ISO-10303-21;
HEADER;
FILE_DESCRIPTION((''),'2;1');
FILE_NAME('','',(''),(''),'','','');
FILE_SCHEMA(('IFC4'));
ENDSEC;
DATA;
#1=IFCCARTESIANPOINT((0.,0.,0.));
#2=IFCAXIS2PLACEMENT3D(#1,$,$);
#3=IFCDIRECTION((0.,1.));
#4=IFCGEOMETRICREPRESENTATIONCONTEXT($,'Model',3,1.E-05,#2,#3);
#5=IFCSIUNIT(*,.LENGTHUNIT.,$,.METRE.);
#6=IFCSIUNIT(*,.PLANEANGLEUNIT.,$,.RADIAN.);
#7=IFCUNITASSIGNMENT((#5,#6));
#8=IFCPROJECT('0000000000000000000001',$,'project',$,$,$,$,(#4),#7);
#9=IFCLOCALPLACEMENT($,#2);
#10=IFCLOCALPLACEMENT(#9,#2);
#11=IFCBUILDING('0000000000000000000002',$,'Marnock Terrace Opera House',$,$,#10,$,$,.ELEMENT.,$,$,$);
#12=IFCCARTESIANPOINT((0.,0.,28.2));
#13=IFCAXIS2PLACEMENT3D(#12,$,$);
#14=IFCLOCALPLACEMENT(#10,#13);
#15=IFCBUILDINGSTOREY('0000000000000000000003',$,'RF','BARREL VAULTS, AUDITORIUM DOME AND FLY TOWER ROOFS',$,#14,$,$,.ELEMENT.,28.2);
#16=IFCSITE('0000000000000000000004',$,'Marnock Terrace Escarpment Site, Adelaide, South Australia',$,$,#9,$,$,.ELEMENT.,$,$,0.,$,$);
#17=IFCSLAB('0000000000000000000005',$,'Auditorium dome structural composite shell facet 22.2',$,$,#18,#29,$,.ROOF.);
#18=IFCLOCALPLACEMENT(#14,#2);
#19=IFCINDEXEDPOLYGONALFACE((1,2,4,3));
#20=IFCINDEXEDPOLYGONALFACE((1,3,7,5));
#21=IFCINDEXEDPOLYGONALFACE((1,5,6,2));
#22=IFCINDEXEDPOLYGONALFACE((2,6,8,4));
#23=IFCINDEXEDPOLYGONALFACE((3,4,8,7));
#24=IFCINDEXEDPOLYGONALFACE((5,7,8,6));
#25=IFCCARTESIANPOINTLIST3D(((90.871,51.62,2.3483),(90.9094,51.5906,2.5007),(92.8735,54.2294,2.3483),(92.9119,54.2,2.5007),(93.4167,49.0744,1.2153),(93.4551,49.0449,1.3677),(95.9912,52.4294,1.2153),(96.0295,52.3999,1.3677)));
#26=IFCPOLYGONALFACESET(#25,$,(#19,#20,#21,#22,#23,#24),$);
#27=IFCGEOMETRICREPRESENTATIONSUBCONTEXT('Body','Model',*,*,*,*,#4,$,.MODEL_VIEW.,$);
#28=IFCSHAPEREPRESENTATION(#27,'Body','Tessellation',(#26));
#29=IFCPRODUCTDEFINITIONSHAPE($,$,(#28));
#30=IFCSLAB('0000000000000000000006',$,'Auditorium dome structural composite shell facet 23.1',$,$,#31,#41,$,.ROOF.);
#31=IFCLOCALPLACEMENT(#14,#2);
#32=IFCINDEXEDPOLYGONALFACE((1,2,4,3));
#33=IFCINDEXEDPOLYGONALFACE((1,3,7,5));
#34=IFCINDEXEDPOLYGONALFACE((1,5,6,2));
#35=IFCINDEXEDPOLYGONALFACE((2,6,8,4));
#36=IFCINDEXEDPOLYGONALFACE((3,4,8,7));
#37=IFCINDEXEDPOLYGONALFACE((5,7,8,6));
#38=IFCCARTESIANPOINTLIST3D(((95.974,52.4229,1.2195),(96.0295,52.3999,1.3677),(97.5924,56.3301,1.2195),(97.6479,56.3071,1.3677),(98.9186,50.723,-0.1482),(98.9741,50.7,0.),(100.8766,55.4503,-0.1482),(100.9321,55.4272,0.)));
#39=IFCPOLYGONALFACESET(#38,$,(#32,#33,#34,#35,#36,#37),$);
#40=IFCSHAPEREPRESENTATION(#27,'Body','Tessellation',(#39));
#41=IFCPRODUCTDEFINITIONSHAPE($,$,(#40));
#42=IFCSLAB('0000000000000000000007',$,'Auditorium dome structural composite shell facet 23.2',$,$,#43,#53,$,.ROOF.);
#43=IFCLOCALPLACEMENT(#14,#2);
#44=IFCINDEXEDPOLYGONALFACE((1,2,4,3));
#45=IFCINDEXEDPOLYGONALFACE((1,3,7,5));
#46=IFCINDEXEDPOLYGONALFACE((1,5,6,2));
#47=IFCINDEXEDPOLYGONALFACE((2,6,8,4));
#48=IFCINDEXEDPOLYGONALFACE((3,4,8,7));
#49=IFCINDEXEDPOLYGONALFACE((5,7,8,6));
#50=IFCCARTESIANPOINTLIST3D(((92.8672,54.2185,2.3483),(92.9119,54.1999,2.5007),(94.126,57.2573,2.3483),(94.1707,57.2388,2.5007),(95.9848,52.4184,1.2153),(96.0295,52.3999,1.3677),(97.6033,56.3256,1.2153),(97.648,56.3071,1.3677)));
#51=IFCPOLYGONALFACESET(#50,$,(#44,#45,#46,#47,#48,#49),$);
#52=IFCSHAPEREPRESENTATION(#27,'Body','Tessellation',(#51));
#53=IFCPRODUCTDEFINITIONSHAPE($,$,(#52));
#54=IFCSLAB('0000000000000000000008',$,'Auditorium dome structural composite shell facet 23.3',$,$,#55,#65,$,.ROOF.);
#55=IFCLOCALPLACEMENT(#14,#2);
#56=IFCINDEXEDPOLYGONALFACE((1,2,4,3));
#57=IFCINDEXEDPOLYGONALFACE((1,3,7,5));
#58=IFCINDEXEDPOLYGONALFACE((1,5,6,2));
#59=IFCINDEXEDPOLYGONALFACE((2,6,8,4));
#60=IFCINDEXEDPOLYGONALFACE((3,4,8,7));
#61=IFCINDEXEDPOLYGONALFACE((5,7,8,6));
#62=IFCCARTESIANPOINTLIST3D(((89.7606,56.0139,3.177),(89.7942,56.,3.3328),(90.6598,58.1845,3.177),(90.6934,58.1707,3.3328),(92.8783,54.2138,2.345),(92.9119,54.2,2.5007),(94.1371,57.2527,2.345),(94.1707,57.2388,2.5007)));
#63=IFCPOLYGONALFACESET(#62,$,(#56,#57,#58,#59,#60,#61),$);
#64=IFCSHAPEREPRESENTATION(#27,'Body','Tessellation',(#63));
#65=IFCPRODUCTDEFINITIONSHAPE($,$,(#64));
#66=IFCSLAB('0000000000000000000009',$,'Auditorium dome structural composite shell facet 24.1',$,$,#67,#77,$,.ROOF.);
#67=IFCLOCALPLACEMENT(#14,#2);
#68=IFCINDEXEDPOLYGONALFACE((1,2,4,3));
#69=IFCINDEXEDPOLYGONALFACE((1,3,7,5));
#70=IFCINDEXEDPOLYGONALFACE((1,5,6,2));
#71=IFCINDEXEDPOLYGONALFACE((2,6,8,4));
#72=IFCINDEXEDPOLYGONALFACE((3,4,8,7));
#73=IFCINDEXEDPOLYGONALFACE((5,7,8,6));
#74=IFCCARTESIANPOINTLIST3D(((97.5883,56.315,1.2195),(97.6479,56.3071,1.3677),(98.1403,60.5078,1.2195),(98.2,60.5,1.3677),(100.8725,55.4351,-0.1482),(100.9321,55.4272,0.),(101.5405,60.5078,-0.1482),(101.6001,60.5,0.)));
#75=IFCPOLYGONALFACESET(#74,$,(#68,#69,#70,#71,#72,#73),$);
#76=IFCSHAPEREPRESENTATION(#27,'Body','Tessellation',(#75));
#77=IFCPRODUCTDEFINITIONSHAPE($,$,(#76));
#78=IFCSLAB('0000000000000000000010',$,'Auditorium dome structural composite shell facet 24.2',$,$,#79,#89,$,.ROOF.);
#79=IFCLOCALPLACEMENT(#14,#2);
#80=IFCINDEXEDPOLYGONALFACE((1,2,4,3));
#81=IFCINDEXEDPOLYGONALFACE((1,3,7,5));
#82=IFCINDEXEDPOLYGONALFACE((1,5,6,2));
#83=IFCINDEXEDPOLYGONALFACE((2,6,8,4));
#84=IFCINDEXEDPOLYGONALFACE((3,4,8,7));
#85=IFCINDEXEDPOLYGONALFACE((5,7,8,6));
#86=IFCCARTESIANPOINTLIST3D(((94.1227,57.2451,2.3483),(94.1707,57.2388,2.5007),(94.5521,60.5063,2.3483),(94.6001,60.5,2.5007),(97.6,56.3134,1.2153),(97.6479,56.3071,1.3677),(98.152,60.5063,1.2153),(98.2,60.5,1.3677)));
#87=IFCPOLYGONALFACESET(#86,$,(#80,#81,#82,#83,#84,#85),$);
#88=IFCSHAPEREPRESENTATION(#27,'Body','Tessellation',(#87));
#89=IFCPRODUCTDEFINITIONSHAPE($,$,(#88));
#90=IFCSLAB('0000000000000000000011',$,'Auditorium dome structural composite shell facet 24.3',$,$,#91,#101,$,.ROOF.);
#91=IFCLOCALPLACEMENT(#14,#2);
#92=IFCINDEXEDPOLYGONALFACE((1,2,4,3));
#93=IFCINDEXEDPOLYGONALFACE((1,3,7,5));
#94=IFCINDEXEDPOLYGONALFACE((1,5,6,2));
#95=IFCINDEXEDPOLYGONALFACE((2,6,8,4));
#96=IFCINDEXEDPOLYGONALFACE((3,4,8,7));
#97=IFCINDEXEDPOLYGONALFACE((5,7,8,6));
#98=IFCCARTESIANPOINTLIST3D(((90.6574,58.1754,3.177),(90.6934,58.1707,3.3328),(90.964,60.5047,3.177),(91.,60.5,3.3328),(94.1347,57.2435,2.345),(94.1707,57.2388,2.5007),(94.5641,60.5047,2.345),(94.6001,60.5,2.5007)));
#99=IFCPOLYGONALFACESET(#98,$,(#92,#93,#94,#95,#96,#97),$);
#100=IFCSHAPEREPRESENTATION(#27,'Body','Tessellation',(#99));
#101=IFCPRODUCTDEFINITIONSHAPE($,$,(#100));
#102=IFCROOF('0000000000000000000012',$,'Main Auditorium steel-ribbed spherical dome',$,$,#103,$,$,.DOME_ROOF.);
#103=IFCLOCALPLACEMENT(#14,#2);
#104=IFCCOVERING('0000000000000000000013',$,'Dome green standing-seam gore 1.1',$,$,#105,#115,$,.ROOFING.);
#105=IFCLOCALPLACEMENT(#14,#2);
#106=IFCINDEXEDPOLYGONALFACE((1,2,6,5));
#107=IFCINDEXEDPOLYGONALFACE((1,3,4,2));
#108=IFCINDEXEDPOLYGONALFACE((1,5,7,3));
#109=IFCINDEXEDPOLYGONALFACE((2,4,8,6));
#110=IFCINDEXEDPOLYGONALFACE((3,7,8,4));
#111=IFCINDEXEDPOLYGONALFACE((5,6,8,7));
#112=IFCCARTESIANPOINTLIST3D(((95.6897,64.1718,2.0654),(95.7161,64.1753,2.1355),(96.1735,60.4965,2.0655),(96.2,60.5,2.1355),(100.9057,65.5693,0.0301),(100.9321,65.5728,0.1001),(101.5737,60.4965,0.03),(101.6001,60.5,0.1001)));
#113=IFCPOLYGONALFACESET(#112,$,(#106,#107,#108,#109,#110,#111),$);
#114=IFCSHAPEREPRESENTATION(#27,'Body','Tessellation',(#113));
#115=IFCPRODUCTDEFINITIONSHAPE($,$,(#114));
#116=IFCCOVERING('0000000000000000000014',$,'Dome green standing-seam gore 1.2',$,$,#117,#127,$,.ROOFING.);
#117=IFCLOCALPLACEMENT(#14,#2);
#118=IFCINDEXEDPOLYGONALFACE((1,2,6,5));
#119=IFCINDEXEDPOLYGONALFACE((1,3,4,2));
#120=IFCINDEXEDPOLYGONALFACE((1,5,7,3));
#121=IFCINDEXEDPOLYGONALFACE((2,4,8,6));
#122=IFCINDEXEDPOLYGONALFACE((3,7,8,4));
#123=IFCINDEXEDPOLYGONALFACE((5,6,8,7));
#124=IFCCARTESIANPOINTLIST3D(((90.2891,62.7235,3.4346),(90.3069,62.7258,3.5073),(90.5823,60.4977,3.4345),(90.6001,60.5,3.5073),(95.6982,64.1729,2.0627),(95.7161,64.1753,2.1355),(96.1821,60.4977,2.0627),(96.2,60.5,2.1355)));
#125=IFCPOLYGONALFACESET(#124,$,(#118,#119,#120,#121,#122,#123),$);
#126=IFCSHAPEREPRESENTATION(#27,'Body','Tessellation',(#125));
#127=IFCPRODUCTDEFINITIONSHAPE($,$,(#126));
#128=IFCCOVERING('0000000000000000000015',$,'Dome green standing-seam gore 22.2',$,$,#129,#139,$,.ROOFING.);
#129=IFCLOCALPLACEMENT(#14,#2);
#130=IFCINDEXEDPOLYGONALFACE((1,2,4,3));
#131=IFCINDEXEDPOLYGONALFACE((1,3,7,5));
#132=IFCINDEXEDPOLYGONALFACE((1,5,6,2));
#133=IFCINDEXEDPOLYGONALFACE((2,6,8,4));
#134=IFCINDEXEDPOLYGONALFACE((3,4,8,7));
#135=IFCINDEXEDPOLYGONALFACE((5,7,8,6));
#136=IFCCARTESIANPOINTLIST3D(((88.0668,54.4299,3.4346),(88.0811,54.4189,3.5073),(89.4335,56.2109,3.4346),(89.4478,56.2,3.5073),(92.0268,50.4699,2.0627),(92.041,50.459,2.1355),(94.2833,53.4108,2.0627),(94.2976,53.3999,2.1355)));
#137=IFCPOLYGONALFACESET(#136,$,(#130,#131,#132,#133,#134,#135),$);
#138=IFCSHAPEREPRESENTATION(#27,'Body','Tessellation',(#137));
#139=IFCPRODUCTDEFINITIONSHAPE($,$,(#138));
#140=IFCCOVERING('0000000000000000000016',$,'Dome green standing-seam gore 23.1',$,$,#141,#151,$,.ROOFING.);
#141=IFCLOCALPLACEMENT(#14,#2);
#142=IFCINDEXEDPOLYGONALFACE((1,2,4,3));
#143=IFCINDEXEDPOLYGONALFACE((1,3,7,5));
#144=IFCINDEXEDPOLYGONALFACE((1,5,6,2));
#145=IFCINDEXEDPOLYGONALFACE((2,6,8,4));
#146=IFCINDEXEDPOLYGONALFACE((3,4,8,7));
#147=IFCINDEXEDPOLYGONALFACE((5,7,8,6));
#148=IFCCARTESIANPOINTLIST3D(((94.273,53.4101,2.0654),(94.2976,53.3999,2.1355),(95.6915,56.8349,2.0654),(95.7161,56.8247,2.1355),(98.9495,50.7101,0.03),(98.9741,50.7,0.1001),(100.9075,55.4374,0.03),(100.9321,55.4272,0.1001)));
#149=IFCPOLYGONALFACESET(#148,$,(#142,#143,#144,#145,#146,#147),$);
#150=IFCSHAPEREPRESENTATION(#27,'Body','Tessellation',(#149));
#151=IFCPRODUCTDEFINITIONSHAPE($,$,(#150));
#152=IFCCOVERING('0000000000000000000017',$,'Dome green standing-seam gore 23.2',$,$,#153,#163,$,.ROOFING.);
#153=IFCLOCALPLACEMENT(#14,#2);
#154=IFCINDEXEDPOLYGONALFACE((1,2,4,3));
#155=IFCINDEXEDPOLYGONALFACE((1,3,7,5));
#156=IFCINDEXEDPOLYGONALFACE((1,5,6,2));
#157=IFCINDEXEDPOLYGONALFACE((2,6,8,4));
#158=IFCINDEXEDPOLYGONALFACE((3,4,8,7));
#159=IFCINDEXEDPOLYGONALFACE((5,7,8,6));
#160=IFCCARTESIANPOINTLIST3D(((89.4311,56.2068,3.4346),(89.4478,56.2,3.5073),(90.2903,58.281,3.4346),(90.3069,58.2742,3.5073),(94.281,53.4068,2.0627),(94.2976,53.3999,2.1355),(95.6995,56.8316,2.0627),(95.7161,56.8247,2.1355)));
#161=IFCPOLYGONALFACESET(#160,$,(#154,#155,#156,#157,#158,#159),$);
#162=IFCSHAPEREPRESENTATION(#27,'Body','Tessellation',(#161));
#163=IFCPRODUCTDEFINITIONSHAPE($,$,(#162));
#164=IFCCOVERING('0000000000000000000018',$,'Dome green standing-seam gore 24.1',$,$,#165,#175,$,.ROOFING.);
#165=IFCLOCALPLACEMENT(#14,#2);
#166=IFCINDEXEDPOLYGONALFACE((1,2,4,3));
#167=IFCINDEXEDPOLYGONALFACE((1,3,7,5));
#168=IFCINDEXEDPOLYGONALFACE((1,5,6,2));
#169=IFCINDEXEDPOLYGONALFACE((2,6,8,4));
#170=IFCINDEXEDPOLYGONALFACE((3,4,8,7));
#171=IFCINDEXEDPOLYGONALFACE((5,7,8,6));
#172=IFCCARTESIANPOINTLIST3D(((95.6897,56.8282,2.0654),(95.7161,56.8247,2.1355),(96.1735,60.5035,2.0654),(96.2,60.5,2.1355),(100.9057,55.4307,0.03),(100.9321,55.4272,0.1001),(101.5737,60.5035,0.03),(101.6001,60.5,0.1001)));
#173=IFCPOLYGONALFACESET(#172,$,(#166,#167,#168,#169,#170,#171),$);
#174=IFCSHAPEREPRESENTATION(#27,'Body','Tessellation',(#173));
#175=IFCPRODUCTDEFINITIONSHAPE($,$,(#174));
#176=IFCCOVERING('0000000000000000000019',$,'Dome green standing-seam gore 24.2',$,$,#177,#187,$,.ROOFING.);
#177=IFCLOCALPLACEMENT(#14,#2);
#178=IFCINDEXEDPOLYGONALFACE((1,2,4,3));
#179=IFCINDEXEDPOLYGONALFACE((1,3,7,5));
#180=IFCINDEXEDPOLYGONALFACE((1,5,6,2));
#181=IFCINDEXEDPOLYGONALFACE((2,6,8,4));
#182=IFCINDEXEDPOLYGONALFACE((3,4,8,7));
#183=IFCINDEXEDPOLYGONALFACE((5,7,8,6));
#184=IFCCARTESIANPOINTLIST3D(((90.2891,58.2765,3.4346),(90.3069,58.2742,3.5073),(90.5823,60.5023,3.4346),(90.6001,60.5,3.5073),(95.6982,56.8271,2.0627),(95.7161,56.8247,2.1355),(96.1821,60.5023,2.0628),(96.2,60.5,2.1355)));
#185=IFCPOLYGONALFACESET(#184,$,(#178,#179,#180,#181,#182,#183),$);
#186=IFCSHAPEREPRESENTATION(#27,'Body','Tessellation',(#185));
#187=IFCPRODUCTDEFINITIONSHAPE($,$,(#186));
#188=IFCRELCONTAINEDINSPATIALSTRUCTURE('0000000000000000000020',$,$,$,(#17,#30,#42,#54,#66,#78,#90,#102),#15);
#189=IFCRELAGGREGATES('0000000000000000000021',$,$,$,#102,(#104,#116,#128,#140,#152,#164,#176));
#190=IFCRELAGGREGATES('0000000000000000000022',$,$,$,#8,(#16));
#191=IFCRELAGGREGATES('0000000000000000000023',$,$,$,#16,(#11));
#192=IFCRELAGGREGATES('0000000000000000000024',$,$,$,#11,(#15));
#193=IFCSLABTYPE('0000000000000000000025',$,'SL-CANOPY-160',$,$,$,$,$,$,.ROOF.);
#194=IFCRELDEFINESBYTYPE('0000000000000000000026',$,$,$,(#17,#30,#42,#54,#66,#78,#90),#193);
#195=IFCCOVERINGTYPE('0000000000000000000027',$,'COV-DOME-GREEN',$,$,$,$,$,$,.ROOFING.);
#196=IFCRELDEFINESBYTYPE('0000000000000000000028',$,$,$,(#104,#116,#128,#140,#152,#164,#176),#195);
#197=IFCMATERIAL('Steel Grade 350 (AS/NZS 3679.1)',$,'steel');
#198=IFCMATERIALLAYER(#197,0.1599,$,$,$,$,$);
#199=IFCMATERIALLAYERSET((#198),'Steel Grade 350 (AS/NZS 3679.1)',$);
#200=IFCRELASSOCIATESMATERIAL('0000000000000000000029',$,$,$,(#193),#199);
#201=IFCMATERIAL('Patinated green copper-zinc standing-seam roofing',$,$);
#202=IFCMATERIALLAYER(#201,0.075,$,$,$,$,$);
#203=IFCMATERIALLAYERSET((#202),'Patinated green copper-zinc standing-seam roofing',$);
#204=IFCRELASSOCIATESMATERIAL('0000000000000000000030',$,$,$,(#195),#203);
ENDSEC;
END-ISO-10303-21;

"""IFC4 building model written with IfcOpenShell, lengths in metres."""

from ifc_helpers import new_model, si_unit, direction, frame, origin, place, context, subcontext, project, spatial, polyline, outline, extrude, material, layer, layer_set, type_object, element, aggregate, save


model = new_model("IFC4")

# Units and contexts
model_context = context("Model", 3, precision=1e-05, world=origin(), true_north=direction((0.0, 1.0)))
body_context = subcontext(model_context, "Body", "Model", "MODEL_VIEW")
ifc_project = project(units=[si_unit("LENGTHUNIT", "METRE"), si_unit("PLANEANGLEUNIT", "RADIAN")], contexts=[model_context])

# Site, building, storey
site_placement = place(None, origin())
site = spatial("IfcSite", under=ifc_project, at=site_placement, Name="Marnock Terrace Escarpment Site, Adelaide, South Australia", CompositionType="ELEMENT", RefElevation=0.0)
building_placement = place(site_placement, origin())
building = spatial("IfcBuilding", under=site, at=building_placement, Name="Marnock Terrace Opera House", CompositionType="ELEMENT")
storey_placement = place(building_placement, frame((0.0, 0.0, 28.2)))
storey = spatial("IfcBuildingStorey", under=building, at=storey_placement, Name="RF", Description="BARREL VAULTS, AUDITORIUM DOME AND FLY TOWER ROOFS", CompositionType="ELEMENT", Elevation=28.2)

# Shared definitions
ifc_material_1 = material(Name="Steel Grade 350 (AS/NZS 3679.1)", Category="steel")

# Slabs
ifc_layer_1 = layer(ifc_material_1, 0.1599)
ifc_layer_set_1 = layer_set([ifc_layer_1], Name="Steel Grade 350 (AS/NZS 3679.1)")
slab_type = type_object("IfcSlabType", Name="SL-CANOPY-160", PredefinedType="ROOF", material=ifc_layer_set_1)
slab_1_placement = place(storey_placement, frame((93.4551, 49.0449, 1.3677), z_axis=(0.240038, -0.1842, 0.953127), x_axis=(0.608777, 0.793342, 0.000004)))
element("IfcSlab", 1, at=slab_1_placement, inside=storey, type_object=slab_type, Name="Auditorium dome structural composite shell facet 22.2", PredefinedType="ROOF", context=body_context, shape_type="SweptSolid", body=[
    extrude(outline(polyline([(0.0, 0.0), (4.2289, 0.0), (3.759, 3.7447), (0.4698, 3.7448), (0.0, 0.0)])), origin(), (0.0, 0.0, -1.0), 0.1599),
])
slab_2_placement = place(storey_placement, frame((98.9741, 50.7, 0.0), z_axis=(0.347343, -0.143869, 0.926636), x_axis=(0.382667, 0.923886, 0.000002)))
element("IfcSlab", 2, at=slab_2_placement, inside=storey, type_object=slab_type, Name="Auditorium dome structural composite shell facet 23.1", PredefinedType="ROOF", context=body_context, shape_type="SweptSolid", body=[
    extrude(outline(polyline([(0.0, 0.0), (5.1167, 0.0), (4.6729, 3.6378), (0.4438, 3.6379), (0.0, 0.0)])), origin(), (0.0, 0.0, -1.0), 0.1599),
])
slab_3_placement = place(storey_placement, frame((96.0295, 52.3999, 1.3677), z_axis=(0.279543, -0.115793, 0.953125), x_axis=(0.382681, 0.923881, 0.000003)))
element("IfcSlab", 3, at=slab_3_placement, inside=storey, type_object=slab_type, Name="Auditorium dome structural composite shell facet 23.2", PredefinedType="ROOF", context=body_context, shape_type="SweptSolid", body=[
    extrude(outline(polyline([(0.0, 0.0), (4.2291, 0.0), (3.7592, 3.7447), (0.47, 3.7447), (0.0, 0.0)])), origin(), (0.0, 0.0, -1.0), 0.1599),
])
slab_4_placement = place(storey_placement, frame((92.9119, 54.2, 2.5007), z_axis=(0.209743, -0.086884, 0.973889), x_axis=(0.382701, 0.923872, 0.0)))
element("IfcSlab", 4, at=slab_4_placement, inside=storey, type_object=slab_type, Name="Auditorium dome structural composite shell facet 23.3", PredefinedType="ROOF", context=body_context, shape_type="SweptSolid", body=[
    extrude(outline(polyline([(0.0, 0.0), (3.2892, 0.0), (2.8194, 3.6649), (0.4699, 3.6649), (0.0, 0.0)])), origin(), (0.0, 0.0, -1.0), 0.1599),
])
slab_5_placement = place(storey_placement, frame((100.9321, 55.4272, 0.0), z_axis=(0.372738, -0.049077, 0.926638), x_axis=(0.130549, 0.991442, -0.000004)))
element("IfcSlab", 5, at=slab_5_placement, inside=storey, type_object=slab_type, Name="Auditorium dome structural composite shell facet 24.1", PredefinedType="ROOF", context=body_context, shape_type="SweptSolid", body=[
    extrude(outline(polyline([(0.0, 0.0), (5.1165, 0.0), (4.6727, 3.6379), (0.4436, 3.6378), (0.0, 0.0)])), origin(), (0.0, 0.0, -1.0), 0.1599),
])
slab_6_placement = place(storey_placement, frame((97.6479, 56.3071, 1.3677), z_axis=(0.299992, -0.039498, 0.953124), x_axis=(0.130527, 0.991445, 0.000004)))
element("IfcSlab", 6, at=slab_6_placement, inside=storey, type_object=slab_type, Name="Auditorium dome structural composite shell facet 24.2", PredefinedType="ROOF", context=body_context, shape_type="SweptSolid", body=[
    extrude(outline(polyline([(0.0, 0.0), (4.2291, 0.0), (3.7592, 3.7446), (0.4698, 3.7447), (0.0, 0.0)])), origin(), (0.0, 0.0, -1.0), 0.1599),
])
slab_7_placement = place(storey_placement, frame((94.1707, 57.2388, 2.5007), z_axis=(0.225082, -0.029635, 0.973889), x_axis=(0.130554, 0.991441, -0.000004)))
element("IfcSlab", 7, at=slab_7_placement, inside=storey, type_object=slab_type, Name="Auditorium dome structural composite shell facet 24.3", PredefinedType="ROOF", context=body_context, shape_type="SweptSolid", body=[
    extrude(outline(polyline([(0.0, 0.0), (3.2894, 0.0), (2.8194, 3.665), (0.4699, 3.6649), (0.0, 0.0)])), origin(), (0.0, 0.0, -1.0), 0.1599),
])

# Roof, coverings
roof_placement = place(storey_placement, origin())
roof = element("IfcRoof", 8, at=roof_placement, inside=storey, Name="Main Auditorium steel-ribbed spherical dome", PredefinedType="DOME_ROOF")
ifc_material_2 = material(Name="Patinated green copper-zinc standing-seam roofing")
ifc_layer_2 = layer(ifc_material_2, 0.075)
ifc_layer_set_2 = layer_set([ifc_layer_2], Name="Patinated green copper-zinc standing-seam roofing")
covering_type = type_object("IfcCoveringType", Name="COV-DOME-GREEN", PredefinedType="ROOFING", material=ifc_layer_set_2)
covering_1_placement = place(storey_placement, frame((101.6001, 60.5, 0.1001), z_axis=(0.352317, 0.04639, 0.93473), x_axis=(-0.13055, 0.991442, 0.000003)))
covering_1 = element("IfcCovering", 9, at=covering_1_placement, type_object=covering_type, Name="Dome green standing-seam gore 1.1", PredefinedType="ROOFING", context=body_context, shape_type="SweptSolid", body=[
    extrude(outline(polyline([(0.0, 0.0), (5.1165, 0.0), (4.412, 5.7277), (0.705, 5.7278), (0.0, 0.0)])), origin(), (0.0, 0.0, -1.0), 0.075),
])
covering_2_placement = place(storey_placement, frame((96.2, 60.5, 2.1355), z_axis=(0.237819, 0.031318, 0.970804), x_axis=(-0.130534, 0.991444, -0.000006)))
covering_2 = element("IfcCovering", 10, at=covering_2_placement, type_object=covering_type, Name="Dome green standing-seam gore 1.2", PredefinedType="ROOFING", context=body_context, shape_type="SweptSolid", body=[
    extrude(outline(polyline([(0.0, 0.0), (3.707, 0.0), (2.976, 5.7191), (0.731, 5.7189), (0.0, 0.0)])), origin(), (0.0, 0.0, -1.0), 0.075),
])
covering_3_placement = place(storey_placement, frame((92.041, 50.459, 2.1355), z_axis=(0.190295, -0.14602, 0.970807), x_axis=(0.608753, 0.79336, 0.000004)))
covering_3 = element("IfcCovering", 11, at=covering_3_placement, type_object=covering_type, Name="Dome green standing-seam gore 22.2", PredefinedType="ROOFING", context=body_context, shape_type="SweptSolid", body=[
    extrude(outline(polyline([(0.0, 0.0), (3.7069, 0.0), (2.976, 5.7192), (0.731, 5.7193), (0.0, 0.0)])), origin(), (0.0, 0.0, -1.0), 0.075),
])
covering_4_placement = place(storey_placement, frame((98.9741, 50.7, 0.1001), z_axis=(0.328318, -0.135984, 0.934728), x_axis=(0.382666, 0.923887, -0.000002)))
covering_4 = element("IfcCovering", 12, at=covering_4_placement, type_object=covering_type, Name="Dome green standing-seam gore 23.1", PredefinedType="ROOFING", context=body_context, shape_type="SweptSolid", body=[
    extrude(outline(polyline([(0.0, 0.0), (5.1167, 0.0), (4.4118, 5.7277), (0.7049, 5.7276), (0.0, 0.0)])), origin(), (0.0, 0.0, -1.0), 0.075),
])
covering_5_placement = place(storey_placement, frame((94.2976, 53.3999, 2.1355), z_axis=(0.22161, -0.091787, 0.970806), x_axis=(0.382651, 0.923893, 0.000002)))
covering_5 = element("IfcCovering", 13, at=covering_5_placement, type_object=covering_type, Name="Dome green standing-seam gore 23.2", PredefinedType="ROOFING", context=body_context, shape_type="SweptSolid", body=[
    extrude(outline(polyline([(0.0, 0.0), (3.7069, 0.0), (2.9763, 5.7191), (0.7311, 5.7192), (0.0, 0.0)])), origin(), (0.0, 0.0, -1.0), 0.075),
])
covering_6_placement = place(storey_placement, frame((100.9321, 55.4272, 0.1001), z_axis=(0.352317, -0.04639, 0.93473), x_axis=(0.13055, 0.991442, -0.000003)))
covering_6 = element("IfcCovering", 14, at=covering_6_placement, type_object=covering_type, Name="Dome green standing-seam gore 24.1", PredefinedType="ROOFING", context=body_context, shape_type="SweptSolid", body=[
    extrude(outline(polyline([(0.0, 0.0), (5.1165, 0.0), (4.4115, 5.7278), (0.7045, 5.7277), (0.0, 0.0)])), origin(), (0.0, 0.0, -1.0), 0.075),
])
covering_7_placement = place(storey_placement, frame((95.7161, 56.8247, 2.1355), z_axis=(0.237819, -0.031318, 0.970804), x_axis=(0.130534, 0.991444, 0.000006)))
covering_7 = element("IfcCovering", 15, at=covering_7_placement, type_object=covering_type, Name="Dome green standing-seam gore 24.2", PredefinedType="ROOFING", context=body_context, shape_type="SweptSolid", body=[
    extrude(outline(polyline([(0.0, 0.0), (3.707, 0.0), (2.976, 5.7189), (0.731, 5.7191), (0.0, 0.0)])), origin(), (0.0, 0.0, -1.0), 0.075),
])
aggregate(roof, [covering_1, covering_2, covering_3, covering_4, covering_5, covering_6, covering_7])

save(model, "model.ifc")
